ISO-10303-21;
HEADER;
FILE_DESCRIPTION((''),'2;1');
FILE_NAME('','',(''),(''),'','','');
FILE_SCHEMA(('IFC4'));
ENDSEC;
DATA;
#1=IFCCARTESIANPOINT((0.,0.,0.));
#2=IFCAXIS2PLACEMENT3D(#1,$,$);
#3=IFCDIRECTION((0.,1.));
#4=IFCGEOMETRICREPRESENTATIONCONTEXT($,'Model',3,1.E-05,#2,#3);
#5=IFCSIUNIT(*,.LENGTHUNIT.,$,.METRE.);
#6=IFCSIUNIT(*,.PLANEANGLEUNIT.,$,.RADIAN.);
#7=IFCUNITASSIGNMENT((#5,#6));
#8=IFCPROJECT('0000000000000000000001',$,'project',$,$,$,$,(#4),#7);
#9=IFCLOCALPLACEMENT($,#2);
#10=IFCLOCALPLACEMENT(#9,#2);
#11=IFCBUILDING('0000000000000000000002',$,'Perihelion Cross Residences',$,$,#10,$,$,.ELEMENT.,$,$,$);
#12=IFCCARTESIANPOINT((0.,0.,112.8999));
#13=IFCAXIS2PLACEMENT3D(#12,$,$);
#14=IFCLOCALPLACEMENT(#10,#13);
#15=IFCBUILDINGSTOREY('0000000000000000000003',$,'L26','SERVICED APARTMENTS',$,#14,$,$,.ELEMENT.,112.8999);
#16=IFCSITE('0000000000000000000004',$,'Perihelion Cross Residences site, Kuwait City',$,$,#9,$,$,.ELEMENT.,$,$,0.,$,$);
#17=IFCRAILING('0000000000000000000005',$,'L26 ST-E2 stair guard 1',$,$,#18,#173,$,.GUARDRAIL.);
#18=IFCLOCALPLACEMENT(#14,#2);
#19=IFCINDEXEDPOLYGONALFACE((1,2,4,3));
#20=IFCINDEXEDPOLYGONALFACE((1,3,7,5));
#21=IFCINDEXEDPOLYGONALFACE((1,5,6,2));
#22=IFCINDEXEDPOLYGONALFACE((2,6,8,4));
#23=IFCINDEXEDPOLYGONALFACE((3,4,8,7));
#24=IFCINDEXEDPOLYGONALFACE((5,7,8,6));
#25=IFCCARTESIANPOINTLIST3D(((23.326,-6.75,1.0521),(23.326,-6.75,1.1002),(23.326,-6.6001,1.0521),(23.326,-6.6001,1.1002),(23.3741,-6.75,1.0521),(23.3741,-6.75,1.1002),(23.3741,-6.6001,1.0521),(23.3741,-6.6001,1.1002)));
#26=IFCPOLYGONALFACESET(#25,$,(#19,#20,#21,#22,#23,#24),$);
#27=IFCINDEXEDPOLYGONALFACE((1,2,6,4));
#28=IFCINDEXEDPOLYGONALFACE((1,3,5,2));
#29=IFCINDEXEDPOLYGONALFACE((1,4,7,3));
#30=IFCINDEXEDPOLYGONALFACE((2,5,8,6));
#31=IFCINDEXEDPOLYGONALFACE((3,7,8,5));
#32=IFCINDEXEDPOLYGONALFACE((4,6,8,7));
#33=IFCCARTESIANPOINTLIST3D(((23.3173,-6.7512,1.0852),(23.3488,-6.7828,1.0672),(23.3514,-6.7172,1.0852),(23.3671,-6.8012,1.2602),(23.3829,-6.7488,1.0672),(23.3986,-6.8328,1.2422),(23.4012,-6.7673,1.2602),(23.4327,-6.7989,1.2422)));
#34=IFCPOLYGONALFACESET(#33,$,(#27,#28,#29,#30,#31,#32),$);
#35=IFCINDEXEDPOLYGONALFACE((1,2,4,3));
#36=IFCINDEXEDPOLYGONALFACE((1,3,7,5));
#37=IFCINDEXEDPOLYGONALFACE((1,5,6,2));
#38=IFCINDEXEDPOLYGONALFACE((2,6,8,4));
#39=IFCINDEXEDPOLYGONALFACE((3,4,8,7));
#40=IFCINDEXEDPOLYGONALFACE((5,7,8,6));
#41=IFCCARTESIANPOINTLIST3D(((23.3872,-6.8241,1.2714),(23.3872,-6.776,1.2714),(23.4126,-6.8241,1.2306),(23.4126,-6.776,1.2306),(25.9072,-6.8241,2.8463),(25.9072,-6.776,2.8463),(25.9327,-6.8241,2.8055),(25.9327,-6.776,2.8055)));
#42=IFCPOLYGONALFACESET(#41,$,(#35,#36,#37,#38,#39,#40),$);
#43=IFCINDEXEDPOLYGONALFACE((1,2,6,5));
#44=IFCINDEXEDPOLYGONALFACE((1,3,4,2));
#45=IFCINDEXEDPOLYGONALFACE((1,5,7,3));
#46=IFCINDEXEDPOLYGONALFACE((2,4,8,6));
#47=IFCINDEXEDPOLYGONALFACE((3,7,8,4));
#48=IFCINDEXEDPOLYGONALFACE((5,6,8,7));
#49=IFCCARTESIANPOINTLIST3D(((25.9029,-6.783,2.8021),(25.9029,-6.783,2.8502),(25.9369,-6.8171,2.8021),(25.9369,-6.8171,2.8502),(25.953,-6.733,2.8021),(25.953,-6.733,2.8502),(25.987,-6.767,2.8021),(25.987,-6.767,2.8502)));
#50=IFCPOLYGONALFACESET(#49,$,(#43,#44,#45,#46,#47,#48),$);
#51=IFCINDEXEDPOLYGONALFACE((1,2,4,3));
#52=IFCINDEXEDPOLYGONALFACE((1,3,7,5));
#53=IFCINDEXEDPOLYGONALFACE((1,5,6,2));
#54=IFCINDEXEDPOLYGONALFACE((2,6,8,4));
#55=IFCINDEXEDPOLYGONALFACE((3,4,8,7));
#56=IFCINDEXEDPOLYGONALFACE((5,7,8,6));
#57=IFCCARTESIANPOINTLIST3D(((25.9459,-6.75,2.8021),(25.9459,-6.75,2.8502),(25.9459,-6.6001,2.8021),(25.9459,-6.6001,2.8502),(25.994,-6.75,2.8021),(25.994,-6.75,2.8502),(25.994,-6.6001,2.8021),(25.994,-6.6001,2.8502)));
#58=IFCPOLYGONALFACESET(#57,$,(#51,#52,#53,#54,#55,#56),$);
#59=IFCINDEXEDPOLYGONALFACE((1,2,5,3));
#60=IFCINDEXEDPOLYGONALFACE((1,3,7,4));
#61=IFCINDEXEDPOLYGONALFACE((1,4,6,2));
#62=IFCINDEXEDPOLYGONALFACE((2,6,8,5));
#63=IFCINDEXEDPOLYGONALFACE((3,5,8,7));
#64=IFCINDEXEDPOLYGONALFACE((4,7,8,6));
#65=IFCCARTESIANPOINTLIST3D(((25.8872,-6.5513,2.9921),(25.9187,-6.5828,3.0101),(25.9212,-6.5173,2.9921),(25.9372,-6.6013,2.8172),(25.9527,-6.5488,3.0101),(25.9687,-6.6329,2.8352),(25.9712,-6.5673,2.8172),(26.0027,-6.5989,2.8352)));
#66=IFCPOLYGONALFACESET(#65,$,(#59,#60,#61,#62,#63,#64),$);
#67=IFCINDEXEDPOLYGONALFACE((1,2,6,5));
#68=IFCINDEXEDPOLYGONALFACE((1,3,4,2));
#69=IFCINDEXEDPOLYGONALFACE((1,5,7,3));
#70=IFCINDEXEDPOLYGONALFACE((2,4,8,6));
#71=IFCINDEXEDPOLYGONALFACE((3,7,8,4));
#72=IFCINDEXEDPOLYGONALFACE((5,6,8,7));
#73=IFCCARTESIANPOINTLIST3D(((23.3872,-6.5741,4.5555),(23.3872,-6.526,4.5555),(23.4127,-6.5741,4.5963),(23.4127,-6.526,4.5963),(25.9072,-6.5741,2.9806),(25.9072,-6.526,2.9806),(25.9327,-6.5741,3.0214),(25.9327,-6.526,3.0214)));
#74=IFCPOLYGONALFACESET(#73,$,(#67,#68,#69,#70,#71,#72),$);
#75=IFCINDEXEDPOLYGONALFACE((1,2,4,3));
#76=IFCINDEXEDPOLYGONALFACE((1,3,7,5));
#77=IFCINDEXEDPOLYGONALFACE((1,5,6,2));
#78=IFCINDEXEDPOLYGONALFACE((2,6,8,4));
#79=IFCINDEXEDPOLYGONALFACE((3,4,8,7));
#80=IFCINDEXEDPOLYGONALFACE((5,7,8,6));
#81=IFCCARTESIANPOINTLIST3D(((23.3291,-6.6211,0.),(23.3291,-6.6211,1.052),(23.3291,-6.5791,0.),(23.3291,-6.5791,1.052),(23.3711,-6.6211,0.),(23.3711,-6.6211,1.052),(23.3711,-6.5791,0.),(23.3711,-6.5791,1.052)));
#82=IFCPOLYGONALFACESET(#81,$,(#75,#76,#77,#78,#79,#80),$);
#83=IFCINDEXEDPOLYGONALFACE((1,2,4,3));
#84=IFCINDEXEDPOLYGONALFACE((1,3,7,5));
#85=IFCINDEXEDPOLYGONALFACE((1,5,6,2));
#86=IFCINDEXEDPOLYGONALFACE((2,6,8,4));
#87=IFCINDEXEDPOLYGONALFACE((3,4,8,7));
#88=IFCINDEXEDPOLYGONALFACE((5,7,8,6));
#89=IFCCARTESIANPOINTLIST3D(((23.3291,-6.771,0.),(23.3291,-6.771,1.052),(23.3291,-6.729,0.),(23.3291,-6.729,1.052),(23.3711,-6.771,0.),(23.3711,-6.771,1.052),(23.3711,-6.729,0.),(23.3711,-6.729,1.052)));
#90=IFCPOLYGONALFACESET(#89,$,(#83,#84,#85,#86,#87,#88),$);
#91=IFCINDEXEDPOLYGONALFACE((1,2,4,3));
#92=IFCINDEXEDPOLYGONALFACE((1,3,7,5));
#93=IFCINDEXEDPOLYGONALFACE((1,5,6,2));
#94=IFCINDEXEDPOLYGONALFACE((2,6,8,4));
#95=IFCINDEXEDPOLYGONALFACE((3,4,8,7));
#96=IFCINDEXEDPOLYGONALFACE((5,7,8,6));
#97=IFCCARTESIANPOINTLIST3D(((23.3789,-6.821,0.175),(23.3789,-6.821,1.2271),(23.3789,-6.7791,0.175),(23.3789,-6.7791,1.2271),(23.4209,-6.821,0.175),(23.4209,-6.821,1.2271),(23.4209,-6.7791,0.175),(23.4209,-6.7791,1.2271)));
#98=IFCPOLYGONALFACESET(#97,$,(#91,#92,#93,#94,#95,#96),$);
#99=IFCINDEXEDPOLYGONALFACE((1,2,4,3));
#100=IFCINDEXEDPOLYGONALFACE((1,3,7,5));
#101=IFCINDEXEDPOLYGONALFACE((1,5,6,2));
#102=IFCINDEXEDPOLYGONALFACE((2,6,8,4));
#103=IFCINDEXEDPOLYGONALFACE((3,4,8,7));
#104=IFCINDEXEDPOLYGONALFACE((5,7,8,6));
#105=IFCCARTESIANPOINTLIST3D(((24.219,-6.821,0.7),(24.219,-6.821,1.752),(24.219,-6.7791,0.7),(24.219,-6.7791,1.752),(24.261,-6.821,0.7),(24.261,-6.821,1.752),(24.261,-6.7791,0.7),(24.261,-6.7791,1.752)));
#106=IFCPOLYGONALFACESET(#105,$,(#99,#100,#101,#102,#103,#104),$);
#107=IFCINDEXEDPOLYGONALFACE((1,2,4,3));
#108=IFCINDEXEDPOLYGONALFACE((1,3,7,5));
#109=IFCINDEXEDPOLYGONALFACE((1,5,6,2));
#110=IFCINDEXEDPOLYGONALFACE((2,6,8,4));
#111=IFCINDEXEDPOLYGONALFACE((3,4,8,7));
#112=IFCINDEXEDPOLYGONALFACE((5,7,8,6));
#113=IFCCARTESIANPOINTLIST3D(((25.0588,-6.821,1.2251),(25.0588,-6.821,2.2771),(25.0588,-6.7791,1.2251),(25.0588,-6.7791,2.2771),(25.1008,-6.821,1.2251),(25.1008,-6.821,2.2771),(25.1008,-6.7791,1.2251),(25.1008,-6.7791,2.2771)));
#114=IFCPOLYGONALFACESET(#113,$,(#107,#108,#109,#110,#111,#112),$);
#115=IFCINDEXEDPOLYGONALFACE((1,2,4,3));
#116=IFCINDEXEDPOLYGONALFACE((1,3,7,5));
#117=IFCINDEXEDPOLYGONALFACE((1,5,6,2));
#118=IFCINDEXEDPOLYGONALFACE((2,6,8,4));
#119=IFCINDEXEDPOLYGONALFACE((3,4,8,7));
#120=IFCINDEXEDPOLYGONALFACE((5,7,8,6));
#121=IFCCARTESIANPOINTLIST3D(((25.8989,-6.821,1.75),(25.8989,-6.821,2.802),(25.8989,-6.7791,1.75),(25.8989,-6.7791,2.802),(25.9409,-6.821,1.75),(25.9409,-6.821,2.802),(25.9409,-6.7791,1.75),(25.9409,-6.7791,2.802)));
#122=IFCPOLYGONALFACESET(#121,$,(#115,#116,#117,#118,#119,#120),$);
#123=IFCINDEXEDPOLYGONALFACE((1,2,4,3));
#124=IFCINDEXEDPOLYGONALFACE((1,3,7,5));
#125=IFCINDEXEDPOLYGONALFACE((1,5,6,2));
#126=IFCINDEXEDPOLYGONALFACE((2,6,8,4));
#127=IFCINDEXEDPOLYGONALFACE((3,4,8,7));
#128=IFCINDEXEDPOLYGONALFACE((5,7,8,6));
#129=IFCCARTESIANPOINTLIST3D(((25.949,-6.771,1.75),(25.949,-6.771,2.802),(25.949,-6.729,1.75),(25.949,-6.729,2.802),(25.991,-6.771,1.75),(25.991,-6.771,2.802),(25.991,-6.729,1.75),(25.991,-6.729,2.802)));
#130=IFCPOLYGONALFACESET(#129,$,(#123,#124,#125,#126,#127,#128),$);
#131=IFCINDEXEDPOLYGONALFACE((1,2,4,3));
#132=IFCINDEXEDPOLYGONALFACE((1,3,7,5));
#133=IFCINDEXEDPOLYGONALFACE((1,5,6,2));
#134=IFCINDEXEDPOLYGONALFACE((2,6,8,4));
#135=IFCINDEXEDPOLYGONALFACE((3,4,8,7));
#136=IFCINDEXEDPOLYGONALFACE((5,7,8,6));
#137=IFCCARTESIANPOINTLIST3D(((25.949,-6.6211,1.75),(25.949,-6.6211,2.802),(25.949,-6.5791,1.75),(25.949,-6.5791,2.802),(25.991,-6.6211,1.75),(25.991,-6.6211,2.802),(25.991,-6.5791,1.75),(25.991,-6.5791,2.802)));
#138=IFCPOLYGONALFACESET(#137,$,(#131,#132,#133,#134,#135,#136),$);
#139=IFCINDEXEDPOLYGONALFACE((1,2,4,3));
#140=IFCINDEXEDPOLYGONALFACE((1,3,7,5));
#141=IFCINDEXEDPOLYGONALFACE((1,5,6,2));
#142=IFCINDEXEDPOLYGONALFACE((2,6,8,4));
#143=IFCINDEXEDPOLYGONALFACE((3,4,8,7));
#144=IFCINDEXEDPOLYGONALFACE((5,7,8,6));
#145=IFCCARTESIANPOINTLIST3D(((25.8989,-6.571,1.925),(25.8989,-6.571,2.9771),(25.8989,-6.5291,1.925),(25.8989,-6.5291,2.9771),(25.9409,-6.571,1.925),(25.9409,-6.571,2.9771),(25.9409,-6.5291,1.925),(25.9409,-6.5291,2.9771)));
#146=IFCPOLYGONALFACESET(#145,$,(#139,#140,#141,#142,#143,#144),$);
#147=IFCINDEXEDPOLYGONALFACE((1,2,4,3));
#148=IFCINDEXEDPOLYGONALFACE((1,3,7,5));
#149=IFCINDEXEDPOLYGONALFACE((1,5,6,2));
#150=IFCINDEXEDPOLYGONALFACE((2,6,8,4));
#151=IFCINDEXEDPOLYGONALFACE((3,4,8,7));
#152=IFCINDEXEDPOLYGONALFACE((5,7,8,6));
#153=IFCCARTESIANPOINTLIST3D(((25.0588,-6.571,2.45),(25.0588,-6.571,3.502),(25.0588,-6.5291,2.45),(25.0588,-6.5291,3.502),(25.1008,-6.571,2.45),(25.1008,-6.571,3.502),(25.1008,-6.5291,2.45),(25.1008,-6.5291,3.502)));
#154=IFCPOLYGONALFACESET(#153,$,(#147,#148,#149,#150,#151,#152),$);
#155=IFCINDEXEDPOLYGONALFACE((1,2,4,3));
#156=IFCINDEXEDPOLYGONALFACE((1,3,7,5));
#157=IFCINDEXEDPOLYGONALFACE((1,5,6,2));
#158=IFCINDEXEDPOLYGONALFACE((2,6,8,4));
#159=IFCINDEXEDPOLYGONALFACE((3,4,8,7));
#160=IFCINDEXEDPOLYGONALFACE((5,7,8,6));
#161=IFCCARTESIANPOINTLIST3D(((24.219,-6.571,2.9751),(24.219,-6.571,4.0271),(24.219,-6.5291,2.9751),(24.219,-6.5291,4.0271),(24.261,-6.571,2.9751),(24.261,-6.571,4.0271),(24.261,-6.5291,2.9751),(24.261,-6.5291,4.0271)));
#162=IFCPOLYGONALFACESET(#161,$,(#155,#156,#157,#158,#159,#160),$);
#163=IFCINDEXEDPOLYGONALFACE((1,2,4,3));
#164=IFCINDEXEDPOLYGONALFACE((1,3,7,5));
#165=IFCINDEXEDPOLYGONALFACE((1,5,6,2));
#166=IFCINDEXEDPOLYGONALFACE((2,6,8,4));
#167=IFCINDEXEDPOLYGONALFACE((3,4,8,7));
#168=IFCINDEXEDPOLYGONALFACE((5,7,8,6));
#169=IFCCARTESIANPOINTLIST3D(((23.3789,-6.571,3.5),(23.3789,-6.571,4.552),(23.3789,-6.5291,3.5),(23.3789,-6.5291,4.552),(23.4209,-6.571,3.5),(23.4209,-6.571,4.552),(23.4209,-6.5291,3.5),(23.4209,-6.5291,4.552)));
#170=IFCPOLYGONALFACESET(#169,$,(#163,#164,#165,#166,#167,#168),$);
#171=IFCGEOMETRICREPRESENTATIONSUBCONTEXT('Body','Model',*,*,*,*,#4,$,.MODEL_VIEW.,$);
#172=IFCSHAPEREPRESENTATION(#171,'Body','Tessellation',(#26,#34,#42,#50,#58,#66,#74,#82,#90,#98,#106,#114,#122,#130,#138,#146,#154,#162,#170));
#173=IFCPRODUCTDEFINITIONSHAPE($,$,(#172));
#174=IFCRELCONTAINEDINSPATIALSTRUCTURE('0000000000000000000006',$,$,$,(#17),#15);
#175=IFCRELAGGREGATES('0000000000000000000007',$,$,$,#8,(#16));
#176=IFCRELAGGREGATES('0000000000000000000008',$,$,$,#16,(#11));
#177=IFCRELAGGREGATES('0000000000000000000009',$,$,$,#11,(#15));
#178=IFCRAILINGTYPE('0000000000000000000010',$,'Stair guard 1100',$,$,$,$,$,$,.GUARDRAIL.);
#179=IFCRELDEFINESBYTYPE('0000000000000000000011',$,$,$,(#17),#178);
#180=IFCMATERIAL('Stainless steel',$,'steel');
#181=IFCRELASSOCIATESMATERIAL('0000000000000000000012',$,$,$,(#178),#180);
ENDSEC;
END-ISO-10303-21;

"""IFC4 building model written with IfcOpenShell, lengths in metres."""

from ifc_helpers import new_model, si_unit, direction, frame, origin, origin_2d, place, context, subcontext, project, spatial, rectangle, extrude, material, type_object, element, save


model = new_model("IFC4")

# Units and contexts
model_context = context("Model", 3, precision=1e-05, world=origin(), true_north=direction((0.0, 1.0)))
body_context = subcontext(model_context, "Body", "Model", "MODEL_VIEW")
ifc_project = project(units=[si_unit("LENGTHUNIT", "METRE"), si_unit("PLANEANGLEUNIT", "RADIAN")], contexts=[model_context])

# Site, building, storey
site_placement = place(None, origin())
site = spatial("IfcSite", under=ifc_project, at=site_placement, Name="Perihelion Cross Residences site, Kuwait City", CompositionType="ELEMENT", RefElevation=0.0)
building_placement = place(site_placement, origin())
building = spatial("IfcBuilding", under=site, at=building_placement, Name="Perihelion Cross Residences", CompositionType="ELEMENT")
storey_placement = place(building_placement, frame((0.0, 0.0, 112.8999)))
storey = spatial("IfcBuildingStorey", under=building, at=storey_placement, Name="L26", Description="SERVICED APARTMENTS", CompositionType="ELEMENT", Elevation=112.8999)

# Railing
ifc_material_1 = material(Name="Stainless steel", Category="steel")
railing_type_1 = type_object("IfcRailingType", Name="Stair guard 1100", PredefinedType="GUARDRAIL", material=ifc_material_1)
railing_1_placement = place(storey_placement, frame((23.3501, -6.6001, 0.0)))
element("IfcRailing", 1, at=railing_1_placement, inside=storey, type_object=railing_type_1, Name="L26 ST-E2 stair guard 1", PredefinedType="GUARDRAIL", context=body_context, shape_type="SweptSolid", body=[
    extrude(rectangle(XDim=0.0481, YDim=0.0481, at=origin_2d()), frame((0.0, 0.0, 1.0762), z_axis=(0.0, -1.0, 0.0), x_axis=(1.0, 0.0, 0.0)), (0.0, 0.0, 1.0), 0.1499),
    extrude(rectangle(XDim=0.0481, YDim=0.0481, at=origin_2d()), frame((0.0, -0.1499, 1.0762), z_axis=(0.263862, -0.265156, 0.927399), x_axis=(0.708834, 0.705376, 0.0)), (0.0, 0.0, 1.0), 0.1887),
    extrude(rectangle(XDim=0.0481, YDim=0.0481, at=origin_2d()), frame((0.0498, -0.2, 1.251), z_axis=(0.848008, 0.0, 0.529984), x_axis=(0.0, 1.0, 0.0)), (0.0, 0.0, 1.0), 2.9717),
    extrude(rectangle(XDim=0.0481, YDim=0.0481, at=origin_2d()), frame((2.5698, -0.2, 2.8262), z_axis=(0.707107, 0.707107, 0.0), x_axis=(-0.707107, 0.707107, 0.0)), (0.0, 0.0, 1.0), 0.0708),
    extrude(rectangle(XDim=0.0481, YDim=0.0481, at=origin_2d()), frame((2.6199, -0.1499, 2.8262), z_axis=(0.0, 1.0, 0.0), x_axis=(-1.0, 0.0, 0.0)), (0.0, 0.0, 1.0), 0.1499),
    extrude(rectangle(XDim=0.0481, YDim=0.0481, at=origin_2d()), frame((2.6199, 0.0, 2.8262), z_axis=(-0.265065, 0.265065, 0.927082), x_axis=(-0.707107, -0.707107, 0.0)), (0.0, 0.0, 1.0), 0.1887),
    extrude(rectangle(XDim=0.0481, YDim=0.0481, at=origin_2d()), frame((2.5698, 0.05, 3.001), z_axis=(-0.848008, 0.0, 0.529984), x_axis=(0.0, -1.0, 0.0)), (0.0, 0.0, 1.0), 2.9717),
    extrude(rectangle(XDim=0.042, YDim=0.042, at=origin_2d()), origin(), (0.0, 0.0, 1.0), 1.052),
    extrude(rectangle(XDim=0.042, YDim=0.042, at=origin_2d()), frame((0.0, -0.1499, 0.0)), (0.0, 0.0, 1.0), 1.052),
    extrude(rectangle(XDim=0.042, YDim=0.042, at=origin_2d()), frame((0.0498, -0.2, 0.175)), (0.0, 0.0, 1.0), 1.052),
    extrude(rectangle(XDim=0.042, YDim=0.042, at=origin_2d()), frame((0.8899, -0.2, 0.7)), (0.0, 0.0, 1.0), 1.052),
    extrude(rectangle(XDim=0.042, YDim=0.042, at=origin_2d()), frame((1.7297, -0.2, 1.2251)), (0.0, 0.0, 1.0), 1.052),
    extrude(rectangle(XDim=0.042, YDim=0.042, at=origin_2d()), frame((2.5698, -0.2, 1.75)), (0.0, 0.0, 1.0), 1.052),
    extrude(rectangle(XDim=0.042, YDim=0.042, at=origin_2d()), frame((2.6199, -0.1499, 1.75)), (0.0, 0.0, 1.0), 1.052),
    extrude(rectangle(XDim=0.042, YDim=0.042, at=origin_2d()), frame((2.6199, 0.0, 1.75)), (0.0, 0.0, 1.0), 1.052),
    extrude(rectangle(XDim=0.042, YDim=0.042, at=origin_2d()), frame((2.5698, 0.05, 1.925)), (0.0, 0.0, 1.0), 1.052),
    extrude(rectangle(XDim=0.042, YDim=0.042, at=origin_2d()), frame((1.7297, 0.05, 2.45)), (0.0, 0.0, 1.0), 1.052),
    extrude(rectangle(XDim=0.042, YDim=0.042, at=origin_2d()), frame((0.8899, 0.05, 2.9751)), (0.0, 0.0, 1.0), 1.052),
    extrude(rectangle(XDim=0.042, YDim=0.042, at=origin_2d()), frame((0.0498, 0.05, 3.5)), (0.0, 0.0, 1.0), 1.052),
])

save(model, "model.ifc")
